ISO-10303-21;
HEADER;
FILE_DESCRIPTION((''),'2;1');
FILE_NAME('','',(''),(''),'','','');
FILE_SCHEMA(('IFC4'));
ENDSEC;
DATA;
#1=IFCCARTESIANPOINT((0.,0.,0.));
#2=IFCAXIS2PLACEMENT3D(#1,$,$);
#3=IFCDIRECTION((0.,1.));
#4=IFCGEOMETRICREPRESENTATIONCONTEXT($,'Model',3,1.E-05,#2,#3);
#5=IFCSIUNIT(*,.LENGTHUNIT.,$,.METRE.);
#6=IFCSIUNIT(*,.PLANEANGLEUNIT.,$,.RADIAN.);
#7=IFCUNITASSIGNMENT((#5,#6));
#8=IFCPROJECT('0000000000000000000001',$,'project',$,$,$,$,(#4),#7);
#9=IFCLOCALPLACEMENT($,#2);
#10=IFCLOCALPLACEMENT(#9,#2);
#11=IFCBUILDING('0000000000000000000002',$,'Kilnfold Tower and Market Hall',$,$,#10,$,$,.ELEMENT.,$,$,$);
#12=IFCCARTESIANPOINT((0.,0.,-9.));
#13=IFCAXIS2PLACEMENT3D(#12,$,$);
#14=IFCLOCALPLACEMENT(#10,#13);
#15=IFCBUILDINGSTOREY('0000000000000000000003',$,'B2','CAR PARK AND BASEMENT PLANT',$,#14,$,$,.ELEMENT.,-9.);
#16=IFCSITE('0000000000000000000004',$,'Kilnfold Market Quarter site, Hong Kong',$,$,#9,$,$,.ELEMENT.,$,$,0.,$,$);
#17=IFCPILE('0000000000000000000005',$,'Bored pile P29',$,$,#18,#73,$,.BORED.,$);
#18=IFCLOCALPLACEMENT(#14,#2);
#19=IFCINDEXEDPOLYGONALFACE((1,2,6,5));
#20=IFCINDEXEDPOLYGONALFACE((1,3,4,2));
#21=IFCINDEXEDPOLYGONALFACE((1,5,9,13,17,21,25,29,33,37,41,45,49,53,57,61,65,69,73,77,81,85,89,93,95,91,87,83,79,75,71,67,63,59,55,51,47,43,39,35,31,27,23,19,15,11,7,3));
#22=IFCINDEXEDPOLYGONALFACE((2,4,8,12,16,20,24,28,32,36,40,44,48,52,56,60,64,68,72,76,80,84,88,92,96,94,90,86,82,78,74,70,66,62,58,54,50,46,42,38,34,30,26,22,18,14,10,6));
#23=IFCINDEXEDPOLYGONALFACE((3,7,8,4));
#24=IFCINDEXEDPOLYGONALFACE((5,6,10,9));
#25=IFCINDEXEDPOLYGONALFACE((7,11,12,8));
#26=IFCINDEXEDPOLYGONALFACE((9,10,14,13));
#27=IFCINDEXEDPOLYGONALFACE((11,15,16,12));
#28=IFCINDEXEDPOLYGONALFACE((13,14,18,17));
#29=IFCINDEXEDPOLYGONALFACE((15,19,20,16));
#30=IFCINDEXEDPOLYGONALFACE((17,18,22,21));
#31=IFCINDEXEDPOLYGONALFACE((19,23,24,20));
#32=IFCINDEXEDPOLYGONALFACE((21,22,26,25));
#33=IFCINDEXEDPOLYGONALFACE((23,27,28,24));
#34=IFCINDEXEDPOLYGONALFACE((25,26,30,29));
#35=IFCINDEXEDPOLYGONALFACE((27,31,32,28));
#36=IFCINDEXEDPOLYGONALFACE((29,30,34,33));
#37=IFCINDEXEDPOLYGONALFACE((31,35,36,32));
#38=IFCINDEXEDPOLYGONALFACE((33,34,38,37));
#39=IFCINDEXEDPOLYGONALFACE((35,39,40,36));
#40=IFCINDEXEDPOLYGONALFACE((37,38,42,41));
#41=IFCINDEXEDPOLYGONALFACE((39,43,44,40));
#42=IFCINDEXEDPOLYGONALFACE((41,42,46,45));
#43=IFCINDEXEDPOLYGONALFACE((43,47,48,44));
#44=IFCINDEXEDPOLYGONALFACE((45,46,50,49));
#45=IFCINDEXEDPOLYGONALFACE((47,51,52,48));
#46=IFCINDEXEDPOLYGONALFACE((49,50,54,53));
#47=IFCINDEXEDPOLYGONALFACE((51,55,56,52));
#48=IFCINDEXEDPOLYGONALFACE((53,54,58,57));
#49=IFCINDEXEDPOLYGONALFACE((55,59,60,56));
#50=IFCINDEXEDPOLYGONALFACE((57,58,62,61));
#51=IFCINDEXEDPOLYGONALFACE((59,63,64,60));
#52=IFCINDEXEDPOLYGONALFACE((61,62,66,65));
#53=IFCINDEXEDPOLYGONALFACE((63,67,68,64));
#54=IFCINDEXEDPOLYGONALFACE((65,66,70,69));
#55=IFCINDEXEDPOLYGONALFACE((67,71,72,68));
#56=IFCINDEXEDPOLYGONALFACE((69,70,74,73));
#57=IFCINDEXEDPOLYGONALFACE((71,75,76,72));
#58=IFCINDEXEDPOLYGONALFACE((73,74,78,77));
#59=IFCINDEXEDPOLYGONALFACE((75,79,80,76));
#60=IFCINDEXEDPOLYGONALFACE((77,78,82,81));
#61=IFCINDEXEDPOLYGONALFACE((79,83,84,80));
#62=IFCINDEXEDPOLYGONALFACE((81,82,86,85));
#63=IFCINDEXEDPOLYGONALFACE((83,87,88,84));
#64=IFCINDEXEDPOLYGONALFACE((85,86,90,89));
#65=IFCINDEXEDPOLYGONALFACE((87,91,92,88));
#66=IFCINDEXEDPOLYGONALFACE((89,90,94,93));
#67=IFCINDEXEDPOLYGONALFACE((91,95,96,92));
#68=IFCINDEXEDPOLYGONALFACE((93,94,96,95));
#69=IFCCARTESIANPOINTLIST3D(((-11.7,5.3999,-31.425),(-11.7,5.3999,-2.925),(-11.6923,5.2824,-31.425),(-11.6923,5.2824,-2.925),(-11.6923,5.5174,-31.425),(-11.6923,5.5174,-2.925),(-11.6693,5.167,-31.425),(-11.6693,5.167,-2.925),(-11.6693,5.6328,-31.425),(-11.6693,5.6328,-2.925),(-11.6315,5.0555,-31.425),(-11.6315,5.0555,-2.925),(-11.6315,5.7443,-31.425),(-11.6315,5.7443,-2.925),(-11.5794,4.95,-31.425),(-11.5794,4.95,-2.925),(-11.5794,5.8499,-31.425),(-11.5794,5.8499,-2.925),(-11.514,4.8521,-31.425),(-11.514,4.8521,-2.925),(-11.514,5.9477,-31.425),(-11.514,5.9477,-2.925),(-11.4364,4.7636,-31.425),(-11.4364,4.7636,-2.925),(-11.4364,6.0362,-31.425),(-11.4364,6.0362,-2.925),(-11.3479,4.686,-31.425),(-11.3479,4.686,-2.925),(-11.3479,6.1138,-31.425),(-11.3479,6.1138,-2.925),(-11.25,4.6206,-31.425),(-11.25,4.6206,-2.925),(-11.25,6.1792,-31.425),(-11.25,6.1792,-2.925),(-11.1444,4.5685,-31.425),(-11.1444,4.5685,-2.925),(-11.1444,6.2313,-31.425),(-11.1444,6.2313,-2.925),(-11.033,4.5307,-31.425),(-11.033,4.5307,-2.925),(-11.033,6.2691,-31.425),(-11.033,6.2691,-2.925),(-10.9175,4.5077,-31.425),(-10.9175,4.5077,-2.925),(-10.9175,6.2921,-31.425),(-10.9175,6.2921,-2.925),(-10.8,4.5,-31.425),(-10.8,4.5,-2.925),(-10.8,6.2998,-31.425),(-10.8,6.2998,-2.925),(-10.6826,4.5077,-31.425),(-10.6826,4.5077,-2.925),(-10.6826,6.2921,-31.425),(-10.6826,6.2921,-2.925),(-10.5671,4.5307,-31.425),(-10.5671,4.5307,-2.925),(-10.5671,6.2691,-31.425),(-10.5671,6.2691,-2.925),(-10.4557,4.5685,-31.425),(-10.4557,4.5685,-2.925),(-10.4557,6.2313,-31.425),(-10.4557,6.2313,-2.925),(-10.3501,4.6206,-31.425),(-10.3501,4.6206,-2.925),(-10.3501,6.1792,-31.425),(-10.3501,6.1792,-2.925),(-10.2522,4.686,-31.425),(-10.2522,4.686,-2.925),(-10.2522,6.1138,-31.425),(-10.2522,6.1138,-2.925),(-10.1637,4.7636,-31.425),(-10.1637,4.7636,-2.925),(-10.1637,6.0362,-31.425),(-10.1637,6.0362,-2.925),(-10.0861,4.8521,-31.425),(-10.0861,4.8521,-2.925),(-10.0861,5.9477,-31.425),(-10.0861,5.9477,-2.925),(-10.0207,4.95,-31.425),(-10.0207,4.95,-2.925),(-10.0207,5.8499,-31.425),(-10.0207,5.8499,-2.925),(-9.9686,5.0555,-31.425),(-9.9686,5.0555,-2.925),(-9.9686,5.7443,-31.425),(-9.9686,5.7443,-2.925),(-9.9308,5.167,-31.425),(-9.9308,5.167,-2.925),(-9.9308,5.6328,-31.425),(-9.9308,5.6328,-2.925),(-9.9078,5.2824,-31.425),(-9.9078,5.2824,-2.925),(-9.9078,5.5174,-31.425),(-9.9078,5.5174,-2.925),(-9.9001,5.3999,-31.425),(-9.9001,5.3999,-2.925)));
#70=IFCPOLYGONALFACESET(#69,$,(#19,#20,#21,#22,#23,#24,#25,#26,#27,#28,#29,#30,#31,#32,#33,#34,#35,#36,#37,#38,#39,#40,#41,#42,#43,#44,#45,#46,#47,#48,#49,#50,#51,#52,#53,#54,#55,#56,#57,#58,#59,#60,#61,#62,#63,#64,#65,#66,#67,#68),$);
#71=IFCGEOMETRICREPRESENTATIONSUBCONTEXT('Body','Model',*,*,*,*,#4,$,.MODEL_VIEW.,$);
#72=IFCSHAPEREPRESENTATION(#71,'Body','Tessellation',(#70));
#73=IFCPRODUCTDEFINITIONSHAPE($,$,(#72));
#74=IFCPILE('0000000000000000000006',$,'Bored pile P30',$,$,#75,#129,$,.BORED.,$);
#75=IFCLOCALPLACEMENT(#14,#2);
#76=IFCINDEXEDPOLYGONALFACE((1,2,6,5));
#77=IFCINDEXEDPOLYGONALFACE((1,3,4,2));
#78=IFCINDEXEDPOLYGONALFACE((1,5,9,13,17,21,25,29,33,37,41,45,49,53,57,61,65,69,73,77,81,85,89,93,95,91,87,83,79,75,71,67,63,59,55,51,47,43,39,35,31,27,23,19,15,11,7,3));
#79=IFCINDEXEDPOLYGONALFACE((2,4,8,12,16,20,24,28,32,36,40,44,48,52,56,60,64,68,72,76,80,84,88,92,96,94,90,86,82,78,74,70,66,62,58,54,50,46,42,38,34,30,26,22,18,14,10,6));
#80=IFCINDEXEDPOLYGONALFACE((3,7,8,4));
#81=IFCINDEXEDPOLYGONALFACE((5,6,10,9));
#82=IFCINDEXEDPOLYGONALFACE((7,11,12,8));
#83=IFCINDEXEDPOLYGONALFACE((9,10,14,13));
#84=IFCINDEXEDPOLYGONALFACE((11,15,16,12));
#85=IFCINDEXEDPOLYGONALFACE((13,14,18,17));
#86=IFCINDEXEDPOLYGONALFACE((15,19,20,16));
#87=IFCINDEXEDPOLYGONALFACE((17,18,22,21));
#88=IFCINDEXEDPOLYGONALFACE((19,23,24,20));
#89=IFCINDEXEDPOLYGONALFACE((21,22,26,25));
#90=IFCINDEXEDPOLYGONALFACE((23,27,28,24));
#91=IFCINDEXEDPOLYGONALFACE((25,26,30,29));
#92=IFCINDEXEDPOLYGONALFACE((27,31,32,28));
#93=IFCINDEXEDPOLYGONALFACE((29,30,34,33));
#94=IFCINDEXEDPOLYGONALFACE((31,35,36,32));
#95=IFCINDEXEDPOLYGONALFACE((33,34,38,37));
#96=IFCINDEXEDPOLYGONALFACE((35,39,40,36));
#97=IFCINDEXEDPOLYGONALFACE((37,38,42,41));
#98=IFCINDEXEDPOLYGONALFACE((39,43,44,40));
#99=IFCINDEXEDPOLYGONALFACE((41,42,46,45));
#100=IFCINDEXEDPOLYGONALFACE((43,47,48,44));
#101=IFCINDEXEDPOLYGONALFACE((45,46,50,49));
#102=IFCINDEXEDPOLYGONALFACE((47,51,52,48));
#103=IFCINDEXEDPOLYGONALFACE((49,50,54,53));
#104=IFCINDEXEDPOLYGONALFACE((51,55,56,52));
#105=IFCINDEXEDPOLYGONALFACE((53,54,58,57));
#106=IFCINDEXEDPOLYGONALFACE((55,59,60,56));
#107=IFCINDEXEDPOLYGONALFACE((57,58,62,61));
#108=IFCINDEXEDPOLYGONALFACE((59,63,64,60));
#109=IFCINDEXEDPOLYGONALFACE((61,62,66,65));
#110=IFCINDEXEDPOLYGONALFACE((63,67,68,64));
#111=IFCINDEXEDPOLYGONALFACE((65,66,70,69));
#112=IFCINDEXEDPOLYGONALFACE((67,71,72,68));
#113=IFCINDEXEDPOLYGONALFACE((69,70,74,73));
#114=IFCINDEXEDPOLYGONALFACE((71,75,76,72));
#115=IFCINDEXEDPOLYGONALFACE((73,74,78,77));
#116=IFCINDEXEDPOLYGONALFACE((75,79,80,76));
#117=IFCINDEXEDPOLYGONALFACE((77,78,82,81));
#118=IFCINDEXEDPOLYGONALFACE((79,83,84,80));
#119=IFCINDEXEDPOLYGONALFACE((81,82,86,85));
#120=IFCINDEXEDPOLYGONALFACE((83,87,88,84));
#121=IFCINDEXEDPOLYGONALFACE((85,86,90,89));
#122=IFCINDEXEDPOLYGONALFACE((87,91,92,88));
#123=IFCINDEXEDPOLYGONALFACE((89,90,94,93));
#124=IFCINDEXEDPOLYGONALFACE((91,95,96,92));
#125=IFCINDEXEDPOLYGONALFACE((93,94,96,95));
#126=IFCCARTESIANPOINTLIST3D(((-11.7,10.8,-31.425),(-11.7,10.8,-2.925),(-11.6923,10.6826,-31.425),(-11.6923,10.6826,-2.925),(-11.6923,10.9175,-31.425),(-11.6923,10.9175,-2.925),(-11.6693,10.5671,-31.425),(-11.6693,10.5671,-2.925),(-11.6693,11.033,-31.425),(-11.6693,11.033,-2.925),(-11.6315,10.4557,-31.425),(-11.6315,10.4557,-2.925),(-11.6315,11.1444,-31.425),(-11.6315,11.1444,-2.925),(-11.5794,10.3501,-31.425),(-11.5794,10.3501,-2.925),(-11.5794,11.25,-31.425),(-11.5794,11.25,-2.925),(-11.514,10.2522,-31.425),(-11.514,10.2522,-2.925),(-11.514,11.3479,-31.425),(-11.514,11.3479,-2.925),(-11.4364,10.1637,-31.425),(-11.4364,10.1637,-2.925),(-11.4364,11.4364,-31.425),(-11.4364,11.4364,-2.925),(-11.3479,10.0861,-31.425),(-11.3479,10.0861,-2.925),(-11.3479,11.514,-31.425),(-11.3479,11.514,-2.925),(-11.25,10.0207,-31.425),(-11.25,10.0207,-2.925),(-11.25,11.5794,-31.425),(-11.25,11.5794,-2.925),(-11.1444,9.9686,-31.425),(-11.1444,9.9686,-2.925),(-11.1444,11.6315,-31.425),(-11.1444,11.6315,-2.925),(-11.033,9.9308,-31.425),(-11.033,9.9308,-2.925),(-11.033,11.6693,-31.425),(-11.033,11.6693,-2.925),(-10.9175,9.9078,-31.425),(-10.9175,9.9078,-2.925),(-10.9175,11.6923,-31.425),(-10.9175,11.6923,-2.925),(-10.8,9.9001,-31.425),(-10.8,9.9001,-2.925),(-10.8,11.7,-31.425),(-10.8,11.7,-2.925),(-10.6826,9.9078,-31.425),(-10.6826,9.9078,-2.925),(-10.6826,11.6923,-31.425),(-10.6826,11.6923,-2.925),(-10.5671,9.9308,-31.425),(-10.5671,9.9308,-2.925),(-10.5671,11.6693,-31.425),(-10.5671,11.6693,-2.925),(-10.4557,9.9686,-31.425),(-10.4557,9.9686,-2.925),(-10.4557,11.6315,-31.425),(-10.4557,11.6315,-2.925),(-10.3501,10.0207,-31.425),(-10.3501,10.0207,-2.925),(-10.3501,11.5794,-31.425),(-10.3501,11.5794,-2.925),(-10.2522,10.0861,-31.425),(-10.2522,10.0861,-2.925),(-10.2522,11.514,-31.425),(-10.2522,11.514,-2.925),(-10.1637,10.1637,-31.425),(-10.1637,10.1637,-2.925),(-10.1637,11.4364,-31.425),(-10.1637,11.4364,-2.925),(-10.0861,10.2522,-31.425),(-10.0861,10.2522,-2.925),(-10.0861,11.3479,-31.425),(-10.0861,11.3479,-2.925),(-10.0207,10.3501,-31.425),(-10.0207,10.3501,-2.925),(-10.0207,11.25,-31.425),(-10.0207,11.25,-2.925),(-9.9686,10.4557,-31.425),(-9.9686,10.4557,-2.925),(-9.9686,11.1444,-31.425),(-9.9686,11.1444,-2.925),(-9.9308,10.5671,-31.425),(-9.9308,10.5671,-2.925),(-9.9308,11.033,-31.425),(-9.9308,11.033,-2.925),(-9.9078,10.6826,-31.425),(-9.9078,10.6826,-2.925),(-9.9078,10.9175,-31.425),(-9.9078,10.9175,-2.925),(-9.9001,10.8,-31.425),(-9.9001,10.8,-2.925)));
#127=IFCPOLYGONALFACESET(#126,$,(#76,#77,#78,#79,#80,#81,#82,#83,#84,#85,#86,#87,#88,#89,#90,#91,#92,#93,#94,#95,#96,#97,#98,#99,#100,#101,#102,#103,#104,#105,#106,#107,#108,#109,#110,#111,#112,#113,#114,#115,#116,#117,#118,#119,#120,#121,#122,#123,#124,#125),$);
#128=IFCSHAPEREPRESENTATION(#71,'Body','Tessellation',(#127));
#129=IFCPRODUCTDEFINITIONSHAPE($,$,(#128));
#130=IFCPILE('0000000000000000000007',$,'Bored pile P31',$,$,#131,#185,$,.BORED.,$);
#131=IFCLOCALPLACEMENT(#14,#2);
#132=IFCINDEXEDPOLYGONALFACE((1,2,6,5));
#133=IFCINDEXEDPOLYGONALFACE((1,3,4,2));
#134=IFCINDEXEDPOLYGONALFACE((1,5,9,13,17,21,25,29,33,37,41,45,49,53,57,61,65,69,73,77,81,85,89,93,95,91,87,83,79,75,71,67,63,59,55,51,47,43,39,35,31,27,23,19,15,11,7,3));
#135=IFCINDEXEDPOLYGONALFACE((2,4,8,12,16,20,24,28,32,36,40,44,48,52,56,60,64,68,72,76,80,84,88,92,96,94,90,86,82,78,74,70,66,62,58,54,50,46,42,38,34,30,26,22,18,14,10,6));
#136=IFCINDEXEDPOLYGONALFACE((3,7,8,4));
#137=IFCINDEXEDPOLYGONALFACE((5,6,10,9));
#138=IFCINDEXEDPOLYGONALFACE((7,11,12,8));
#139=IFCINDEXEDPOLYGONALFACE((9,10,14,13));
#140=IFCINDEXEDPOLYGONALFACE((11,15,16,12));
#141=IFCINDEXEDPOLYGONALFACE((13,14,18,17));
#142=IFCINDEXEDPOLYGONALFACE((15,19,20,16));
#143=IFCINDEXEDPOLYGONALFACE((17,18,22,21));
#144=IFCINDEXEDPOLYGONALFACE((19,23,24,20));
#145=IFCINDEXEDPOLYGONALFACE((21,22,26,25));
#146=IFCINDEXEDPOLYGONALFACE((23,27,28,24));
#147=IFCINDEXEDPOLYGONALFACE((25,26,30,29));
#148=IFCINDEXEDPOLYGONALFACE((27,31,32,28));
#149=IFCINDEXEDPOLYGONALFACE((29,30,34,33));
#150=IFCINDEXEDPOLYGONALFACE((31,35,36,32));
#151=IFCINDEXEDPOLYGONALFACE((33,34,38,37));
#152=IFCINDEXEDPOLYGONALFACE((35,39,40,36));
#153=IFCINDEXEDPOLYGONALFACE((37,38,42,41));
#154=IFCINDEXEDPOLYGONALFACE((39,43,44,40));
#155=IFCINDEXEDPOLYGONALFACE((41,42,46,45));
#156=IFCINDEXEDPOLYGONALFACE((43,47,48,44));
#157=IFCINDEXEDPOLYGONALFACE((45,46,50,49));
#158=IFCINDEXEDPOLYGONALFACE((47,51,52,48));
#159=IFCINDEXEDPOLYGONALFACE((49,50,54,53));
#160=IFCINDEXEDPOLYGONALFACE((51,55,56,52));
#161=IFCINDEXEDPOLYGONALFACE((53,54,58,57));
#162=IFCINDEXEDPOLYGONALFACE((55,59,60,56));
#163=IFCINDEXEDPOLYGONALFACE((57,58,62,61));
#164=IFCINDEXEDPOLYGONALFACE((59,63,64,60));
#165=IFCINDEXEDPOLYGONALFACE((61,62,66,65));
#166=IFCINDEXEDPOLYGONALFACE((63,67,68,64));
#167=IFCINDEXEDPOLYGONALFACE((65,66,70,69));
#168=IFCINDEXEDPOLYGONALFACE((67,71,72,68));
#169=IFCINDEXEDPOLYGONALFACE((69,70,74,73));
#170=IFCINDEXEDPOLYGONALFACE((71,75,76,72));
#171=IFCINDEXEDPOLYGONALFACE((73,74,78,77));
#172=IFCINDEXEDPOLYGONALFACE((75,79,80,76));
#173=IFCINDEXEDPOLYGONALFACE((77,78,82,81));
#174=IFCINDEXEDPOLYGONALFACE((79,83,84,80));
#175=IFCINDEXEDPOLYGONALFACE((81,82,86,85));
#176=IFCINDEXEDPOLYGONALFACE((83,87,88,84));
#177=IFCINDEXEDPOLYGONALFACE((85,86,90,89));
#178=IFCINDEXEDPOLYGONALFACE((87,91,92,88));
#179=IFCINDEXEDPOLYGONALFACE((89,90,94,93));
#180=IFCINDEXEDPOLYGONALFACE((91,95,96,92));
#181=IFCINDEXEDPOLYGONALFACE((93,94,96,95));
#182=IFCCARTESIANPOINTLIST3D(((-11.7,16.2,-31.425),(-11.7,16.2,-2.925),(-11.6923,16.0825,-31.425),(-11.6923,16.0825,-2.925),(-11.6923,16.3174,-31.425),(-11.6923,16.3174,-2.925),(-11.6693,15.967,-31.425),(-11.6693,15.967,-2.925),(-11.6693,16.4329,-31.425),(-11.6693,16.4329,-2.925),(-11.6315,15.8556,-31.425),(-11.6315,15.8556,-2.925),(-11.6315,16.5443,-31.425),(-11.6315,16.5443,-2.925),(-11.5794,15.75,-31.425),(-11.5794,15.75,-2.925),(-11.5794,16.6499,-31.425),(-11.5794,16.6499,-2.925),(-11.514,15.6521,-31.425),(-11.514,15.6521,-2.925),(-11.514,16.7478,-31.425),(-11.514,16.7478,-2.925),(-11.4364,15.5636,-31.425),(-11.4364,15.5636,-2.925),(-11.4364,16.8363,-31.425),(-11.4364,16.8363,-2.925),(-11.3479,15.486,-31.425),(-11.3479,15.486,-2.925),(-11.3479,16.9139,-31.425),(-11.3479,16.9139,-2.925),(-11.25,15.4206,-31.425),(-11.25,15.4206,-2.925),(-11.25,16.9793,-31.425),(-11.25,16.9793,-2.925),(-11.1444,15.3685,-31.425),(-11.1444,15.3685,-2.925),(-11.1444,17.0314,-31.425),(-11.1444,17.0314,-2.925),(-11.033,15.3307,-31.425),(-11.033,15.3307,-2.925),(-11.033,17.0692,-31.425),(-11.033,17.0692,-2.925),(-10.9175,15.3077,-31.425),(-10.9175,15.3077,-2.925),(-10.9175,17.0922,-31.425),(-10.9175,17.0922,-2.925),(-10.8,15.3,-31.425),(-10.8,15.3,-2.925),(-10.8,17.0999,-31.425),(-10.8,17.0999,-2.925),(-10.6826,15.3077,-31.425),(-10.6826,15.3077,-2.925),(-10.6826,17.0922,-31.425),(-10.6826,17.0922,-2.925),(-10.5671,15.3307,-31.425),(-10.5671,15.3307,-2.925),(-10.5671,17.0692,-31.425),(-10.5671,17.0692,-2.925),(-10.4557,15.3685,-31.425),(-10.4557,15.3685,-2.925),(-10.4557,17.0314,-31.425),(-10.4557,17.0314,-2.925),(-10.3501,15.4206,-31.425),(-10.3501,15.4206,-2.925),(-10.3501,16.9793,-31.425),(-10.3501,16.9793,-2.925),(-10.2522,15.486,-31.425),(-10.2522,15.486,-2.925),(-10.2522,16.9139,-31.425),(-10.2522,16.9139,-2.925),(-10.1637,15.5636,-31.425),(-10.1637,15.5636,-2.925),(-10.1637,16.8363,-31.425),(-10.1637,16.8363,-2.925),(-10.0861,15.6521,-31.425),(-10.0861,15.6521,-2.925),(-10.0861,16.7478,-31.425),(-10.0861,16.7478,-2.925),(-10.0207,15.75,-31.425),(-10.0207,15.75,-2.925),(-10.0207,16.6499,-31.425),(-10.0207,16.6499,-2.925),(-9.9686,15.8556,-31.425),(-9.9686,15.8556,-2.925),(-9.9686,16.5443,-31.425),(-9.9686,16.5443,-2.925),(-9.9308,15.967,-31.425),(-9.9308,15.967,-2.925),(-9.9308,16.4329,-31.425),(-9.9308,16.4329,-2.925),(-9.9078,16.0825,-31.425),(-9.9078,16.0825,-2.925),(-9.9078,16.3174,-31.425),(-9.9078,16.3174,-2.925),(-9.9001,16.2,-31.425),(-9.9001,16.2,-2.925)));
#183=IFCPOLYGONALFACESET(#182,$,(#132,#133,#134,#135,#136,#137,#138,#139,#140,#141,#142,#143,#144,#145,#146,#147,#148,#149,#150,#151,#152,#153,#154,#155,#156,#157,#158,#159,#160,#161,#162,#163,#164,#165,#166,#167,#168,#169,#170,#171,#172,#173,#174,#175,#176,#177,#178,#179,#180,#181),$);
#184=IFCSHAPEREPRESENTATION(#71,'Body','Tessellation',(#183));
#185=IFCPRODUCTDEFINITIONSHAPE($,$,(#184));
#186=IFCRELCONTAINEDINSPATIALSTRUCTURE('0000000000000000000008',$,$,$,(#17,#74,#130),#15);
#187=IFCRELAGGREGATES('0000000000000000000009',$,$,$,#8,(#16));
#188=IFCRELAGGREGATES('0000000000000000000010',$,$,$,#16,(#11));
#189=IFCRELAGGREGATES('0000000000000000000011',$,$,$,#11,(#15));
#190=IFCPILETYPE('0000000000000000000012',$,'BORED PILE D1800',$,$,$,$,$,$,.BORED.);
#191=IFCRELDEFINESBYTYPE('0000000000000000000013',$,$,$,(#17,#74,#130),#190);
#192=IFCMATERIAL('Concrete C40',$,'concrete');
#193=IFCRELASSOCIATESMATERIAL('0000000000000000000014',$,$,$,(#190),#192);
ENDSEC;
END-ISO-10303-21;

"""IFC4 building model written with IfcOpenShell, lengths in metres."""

from ifc_helpers import new_model, si_unit, direction, frame, origin, origin_2d, place, context, subcontext, project, spatial, circle, extrude, source, transform, mapped, material, material_profile, profile_set, type_object, element, save


model = new_model("IFC4")

# Units and contexts
model_context = context("Model", 3, precision=1e-05, world=origin(), true_north=direction((0.0, 1.0)))
body_context = subcontext(model_context, "Body", "Model", "MODEL_VIEW")
ifc_project = project(units=[si_unit("LENGTHUNIT", "METRE"), si_unit("PLANEANGLEUNIT", "RADIAN")], contexts=[model_context])

# Site, building, storey
site_placement = place(None, origin())
site = spatial("IfcSite", under=ifc_project, at=site_placement, Name="Kilnfold Market Quarter site, Hong Kong", CompositionType="ELEMENT", RefElevation=0.0)
building_placement = place(site_placement, origin())
building = spatial("IfcBuilding", under=site, at=building_placement, Name="Kilnfold Tower and Market Hall", CompositionType="ELEMENT")
storey_placement = place(building_placement, frame((0.0, 0.0, -9.0)))
storey = spatial("IfcBuildingStorey", under=building, at=storey_placement, Name="B2", Description="CAR PARK AND BASEMENT PLANT", CompositionType="ELEMENT", Elevation=-9.0)

# Piles
ifc_material_1 = material(Name="Concrete C40", Category="concrete")
ifc_material_profile_1 = material_profile(ifc_material_1, circle(Radius=0.8999, at=origin_2d()), Name="RC D1800")
ifc_profile_set_1 = profile_set([ifc_material_profile_1], Name="Concrete C40")
pile_type = type_object("IfcPileType", Name="BORED PILE D1800", PredefinedType="BORED", material=ifc_profile_set_1)
shared_shape_1 = source(origin(), body_context, "Body", "SweptSolid", [
    extrude(circle(Radius=0.8999, at=origin_2d()), origin(), (0.0, 0.0, 1.0), 28.5),
])
for number, where, z_axis, x_axis, name in (
    (1, (-10.8, 5.3999, -2.925), (0.0, 0.0, -1.0), (1.0, 0.0, 0.0), "Bored pile P29"),
    (2, (-10.8, 10.8, -2.925), (0.0, 0.0, -1.0), (1.0, 0.0, 0.0), "Bored pile P30"),
    (3, (-10.8, 16.2, -2.925), (0.0, 0.0, -1.0), (1.0, 0.0, 0.0), "Bored pile P31"),
):
    element("IfcPile", number, at=place(storey_placement, frame(where, z_axis=z_axis, x_axis=x_axis)), inside=storey, type_object=pile_type, Name=name, PredefinedType="BORED", context=body_context, shape_type="MappedRepresentation", body=[
        mapped(shared_shape_1, transform((0.0, 0.0, 0.0))),
    ])

save(model, "model.ifc")
